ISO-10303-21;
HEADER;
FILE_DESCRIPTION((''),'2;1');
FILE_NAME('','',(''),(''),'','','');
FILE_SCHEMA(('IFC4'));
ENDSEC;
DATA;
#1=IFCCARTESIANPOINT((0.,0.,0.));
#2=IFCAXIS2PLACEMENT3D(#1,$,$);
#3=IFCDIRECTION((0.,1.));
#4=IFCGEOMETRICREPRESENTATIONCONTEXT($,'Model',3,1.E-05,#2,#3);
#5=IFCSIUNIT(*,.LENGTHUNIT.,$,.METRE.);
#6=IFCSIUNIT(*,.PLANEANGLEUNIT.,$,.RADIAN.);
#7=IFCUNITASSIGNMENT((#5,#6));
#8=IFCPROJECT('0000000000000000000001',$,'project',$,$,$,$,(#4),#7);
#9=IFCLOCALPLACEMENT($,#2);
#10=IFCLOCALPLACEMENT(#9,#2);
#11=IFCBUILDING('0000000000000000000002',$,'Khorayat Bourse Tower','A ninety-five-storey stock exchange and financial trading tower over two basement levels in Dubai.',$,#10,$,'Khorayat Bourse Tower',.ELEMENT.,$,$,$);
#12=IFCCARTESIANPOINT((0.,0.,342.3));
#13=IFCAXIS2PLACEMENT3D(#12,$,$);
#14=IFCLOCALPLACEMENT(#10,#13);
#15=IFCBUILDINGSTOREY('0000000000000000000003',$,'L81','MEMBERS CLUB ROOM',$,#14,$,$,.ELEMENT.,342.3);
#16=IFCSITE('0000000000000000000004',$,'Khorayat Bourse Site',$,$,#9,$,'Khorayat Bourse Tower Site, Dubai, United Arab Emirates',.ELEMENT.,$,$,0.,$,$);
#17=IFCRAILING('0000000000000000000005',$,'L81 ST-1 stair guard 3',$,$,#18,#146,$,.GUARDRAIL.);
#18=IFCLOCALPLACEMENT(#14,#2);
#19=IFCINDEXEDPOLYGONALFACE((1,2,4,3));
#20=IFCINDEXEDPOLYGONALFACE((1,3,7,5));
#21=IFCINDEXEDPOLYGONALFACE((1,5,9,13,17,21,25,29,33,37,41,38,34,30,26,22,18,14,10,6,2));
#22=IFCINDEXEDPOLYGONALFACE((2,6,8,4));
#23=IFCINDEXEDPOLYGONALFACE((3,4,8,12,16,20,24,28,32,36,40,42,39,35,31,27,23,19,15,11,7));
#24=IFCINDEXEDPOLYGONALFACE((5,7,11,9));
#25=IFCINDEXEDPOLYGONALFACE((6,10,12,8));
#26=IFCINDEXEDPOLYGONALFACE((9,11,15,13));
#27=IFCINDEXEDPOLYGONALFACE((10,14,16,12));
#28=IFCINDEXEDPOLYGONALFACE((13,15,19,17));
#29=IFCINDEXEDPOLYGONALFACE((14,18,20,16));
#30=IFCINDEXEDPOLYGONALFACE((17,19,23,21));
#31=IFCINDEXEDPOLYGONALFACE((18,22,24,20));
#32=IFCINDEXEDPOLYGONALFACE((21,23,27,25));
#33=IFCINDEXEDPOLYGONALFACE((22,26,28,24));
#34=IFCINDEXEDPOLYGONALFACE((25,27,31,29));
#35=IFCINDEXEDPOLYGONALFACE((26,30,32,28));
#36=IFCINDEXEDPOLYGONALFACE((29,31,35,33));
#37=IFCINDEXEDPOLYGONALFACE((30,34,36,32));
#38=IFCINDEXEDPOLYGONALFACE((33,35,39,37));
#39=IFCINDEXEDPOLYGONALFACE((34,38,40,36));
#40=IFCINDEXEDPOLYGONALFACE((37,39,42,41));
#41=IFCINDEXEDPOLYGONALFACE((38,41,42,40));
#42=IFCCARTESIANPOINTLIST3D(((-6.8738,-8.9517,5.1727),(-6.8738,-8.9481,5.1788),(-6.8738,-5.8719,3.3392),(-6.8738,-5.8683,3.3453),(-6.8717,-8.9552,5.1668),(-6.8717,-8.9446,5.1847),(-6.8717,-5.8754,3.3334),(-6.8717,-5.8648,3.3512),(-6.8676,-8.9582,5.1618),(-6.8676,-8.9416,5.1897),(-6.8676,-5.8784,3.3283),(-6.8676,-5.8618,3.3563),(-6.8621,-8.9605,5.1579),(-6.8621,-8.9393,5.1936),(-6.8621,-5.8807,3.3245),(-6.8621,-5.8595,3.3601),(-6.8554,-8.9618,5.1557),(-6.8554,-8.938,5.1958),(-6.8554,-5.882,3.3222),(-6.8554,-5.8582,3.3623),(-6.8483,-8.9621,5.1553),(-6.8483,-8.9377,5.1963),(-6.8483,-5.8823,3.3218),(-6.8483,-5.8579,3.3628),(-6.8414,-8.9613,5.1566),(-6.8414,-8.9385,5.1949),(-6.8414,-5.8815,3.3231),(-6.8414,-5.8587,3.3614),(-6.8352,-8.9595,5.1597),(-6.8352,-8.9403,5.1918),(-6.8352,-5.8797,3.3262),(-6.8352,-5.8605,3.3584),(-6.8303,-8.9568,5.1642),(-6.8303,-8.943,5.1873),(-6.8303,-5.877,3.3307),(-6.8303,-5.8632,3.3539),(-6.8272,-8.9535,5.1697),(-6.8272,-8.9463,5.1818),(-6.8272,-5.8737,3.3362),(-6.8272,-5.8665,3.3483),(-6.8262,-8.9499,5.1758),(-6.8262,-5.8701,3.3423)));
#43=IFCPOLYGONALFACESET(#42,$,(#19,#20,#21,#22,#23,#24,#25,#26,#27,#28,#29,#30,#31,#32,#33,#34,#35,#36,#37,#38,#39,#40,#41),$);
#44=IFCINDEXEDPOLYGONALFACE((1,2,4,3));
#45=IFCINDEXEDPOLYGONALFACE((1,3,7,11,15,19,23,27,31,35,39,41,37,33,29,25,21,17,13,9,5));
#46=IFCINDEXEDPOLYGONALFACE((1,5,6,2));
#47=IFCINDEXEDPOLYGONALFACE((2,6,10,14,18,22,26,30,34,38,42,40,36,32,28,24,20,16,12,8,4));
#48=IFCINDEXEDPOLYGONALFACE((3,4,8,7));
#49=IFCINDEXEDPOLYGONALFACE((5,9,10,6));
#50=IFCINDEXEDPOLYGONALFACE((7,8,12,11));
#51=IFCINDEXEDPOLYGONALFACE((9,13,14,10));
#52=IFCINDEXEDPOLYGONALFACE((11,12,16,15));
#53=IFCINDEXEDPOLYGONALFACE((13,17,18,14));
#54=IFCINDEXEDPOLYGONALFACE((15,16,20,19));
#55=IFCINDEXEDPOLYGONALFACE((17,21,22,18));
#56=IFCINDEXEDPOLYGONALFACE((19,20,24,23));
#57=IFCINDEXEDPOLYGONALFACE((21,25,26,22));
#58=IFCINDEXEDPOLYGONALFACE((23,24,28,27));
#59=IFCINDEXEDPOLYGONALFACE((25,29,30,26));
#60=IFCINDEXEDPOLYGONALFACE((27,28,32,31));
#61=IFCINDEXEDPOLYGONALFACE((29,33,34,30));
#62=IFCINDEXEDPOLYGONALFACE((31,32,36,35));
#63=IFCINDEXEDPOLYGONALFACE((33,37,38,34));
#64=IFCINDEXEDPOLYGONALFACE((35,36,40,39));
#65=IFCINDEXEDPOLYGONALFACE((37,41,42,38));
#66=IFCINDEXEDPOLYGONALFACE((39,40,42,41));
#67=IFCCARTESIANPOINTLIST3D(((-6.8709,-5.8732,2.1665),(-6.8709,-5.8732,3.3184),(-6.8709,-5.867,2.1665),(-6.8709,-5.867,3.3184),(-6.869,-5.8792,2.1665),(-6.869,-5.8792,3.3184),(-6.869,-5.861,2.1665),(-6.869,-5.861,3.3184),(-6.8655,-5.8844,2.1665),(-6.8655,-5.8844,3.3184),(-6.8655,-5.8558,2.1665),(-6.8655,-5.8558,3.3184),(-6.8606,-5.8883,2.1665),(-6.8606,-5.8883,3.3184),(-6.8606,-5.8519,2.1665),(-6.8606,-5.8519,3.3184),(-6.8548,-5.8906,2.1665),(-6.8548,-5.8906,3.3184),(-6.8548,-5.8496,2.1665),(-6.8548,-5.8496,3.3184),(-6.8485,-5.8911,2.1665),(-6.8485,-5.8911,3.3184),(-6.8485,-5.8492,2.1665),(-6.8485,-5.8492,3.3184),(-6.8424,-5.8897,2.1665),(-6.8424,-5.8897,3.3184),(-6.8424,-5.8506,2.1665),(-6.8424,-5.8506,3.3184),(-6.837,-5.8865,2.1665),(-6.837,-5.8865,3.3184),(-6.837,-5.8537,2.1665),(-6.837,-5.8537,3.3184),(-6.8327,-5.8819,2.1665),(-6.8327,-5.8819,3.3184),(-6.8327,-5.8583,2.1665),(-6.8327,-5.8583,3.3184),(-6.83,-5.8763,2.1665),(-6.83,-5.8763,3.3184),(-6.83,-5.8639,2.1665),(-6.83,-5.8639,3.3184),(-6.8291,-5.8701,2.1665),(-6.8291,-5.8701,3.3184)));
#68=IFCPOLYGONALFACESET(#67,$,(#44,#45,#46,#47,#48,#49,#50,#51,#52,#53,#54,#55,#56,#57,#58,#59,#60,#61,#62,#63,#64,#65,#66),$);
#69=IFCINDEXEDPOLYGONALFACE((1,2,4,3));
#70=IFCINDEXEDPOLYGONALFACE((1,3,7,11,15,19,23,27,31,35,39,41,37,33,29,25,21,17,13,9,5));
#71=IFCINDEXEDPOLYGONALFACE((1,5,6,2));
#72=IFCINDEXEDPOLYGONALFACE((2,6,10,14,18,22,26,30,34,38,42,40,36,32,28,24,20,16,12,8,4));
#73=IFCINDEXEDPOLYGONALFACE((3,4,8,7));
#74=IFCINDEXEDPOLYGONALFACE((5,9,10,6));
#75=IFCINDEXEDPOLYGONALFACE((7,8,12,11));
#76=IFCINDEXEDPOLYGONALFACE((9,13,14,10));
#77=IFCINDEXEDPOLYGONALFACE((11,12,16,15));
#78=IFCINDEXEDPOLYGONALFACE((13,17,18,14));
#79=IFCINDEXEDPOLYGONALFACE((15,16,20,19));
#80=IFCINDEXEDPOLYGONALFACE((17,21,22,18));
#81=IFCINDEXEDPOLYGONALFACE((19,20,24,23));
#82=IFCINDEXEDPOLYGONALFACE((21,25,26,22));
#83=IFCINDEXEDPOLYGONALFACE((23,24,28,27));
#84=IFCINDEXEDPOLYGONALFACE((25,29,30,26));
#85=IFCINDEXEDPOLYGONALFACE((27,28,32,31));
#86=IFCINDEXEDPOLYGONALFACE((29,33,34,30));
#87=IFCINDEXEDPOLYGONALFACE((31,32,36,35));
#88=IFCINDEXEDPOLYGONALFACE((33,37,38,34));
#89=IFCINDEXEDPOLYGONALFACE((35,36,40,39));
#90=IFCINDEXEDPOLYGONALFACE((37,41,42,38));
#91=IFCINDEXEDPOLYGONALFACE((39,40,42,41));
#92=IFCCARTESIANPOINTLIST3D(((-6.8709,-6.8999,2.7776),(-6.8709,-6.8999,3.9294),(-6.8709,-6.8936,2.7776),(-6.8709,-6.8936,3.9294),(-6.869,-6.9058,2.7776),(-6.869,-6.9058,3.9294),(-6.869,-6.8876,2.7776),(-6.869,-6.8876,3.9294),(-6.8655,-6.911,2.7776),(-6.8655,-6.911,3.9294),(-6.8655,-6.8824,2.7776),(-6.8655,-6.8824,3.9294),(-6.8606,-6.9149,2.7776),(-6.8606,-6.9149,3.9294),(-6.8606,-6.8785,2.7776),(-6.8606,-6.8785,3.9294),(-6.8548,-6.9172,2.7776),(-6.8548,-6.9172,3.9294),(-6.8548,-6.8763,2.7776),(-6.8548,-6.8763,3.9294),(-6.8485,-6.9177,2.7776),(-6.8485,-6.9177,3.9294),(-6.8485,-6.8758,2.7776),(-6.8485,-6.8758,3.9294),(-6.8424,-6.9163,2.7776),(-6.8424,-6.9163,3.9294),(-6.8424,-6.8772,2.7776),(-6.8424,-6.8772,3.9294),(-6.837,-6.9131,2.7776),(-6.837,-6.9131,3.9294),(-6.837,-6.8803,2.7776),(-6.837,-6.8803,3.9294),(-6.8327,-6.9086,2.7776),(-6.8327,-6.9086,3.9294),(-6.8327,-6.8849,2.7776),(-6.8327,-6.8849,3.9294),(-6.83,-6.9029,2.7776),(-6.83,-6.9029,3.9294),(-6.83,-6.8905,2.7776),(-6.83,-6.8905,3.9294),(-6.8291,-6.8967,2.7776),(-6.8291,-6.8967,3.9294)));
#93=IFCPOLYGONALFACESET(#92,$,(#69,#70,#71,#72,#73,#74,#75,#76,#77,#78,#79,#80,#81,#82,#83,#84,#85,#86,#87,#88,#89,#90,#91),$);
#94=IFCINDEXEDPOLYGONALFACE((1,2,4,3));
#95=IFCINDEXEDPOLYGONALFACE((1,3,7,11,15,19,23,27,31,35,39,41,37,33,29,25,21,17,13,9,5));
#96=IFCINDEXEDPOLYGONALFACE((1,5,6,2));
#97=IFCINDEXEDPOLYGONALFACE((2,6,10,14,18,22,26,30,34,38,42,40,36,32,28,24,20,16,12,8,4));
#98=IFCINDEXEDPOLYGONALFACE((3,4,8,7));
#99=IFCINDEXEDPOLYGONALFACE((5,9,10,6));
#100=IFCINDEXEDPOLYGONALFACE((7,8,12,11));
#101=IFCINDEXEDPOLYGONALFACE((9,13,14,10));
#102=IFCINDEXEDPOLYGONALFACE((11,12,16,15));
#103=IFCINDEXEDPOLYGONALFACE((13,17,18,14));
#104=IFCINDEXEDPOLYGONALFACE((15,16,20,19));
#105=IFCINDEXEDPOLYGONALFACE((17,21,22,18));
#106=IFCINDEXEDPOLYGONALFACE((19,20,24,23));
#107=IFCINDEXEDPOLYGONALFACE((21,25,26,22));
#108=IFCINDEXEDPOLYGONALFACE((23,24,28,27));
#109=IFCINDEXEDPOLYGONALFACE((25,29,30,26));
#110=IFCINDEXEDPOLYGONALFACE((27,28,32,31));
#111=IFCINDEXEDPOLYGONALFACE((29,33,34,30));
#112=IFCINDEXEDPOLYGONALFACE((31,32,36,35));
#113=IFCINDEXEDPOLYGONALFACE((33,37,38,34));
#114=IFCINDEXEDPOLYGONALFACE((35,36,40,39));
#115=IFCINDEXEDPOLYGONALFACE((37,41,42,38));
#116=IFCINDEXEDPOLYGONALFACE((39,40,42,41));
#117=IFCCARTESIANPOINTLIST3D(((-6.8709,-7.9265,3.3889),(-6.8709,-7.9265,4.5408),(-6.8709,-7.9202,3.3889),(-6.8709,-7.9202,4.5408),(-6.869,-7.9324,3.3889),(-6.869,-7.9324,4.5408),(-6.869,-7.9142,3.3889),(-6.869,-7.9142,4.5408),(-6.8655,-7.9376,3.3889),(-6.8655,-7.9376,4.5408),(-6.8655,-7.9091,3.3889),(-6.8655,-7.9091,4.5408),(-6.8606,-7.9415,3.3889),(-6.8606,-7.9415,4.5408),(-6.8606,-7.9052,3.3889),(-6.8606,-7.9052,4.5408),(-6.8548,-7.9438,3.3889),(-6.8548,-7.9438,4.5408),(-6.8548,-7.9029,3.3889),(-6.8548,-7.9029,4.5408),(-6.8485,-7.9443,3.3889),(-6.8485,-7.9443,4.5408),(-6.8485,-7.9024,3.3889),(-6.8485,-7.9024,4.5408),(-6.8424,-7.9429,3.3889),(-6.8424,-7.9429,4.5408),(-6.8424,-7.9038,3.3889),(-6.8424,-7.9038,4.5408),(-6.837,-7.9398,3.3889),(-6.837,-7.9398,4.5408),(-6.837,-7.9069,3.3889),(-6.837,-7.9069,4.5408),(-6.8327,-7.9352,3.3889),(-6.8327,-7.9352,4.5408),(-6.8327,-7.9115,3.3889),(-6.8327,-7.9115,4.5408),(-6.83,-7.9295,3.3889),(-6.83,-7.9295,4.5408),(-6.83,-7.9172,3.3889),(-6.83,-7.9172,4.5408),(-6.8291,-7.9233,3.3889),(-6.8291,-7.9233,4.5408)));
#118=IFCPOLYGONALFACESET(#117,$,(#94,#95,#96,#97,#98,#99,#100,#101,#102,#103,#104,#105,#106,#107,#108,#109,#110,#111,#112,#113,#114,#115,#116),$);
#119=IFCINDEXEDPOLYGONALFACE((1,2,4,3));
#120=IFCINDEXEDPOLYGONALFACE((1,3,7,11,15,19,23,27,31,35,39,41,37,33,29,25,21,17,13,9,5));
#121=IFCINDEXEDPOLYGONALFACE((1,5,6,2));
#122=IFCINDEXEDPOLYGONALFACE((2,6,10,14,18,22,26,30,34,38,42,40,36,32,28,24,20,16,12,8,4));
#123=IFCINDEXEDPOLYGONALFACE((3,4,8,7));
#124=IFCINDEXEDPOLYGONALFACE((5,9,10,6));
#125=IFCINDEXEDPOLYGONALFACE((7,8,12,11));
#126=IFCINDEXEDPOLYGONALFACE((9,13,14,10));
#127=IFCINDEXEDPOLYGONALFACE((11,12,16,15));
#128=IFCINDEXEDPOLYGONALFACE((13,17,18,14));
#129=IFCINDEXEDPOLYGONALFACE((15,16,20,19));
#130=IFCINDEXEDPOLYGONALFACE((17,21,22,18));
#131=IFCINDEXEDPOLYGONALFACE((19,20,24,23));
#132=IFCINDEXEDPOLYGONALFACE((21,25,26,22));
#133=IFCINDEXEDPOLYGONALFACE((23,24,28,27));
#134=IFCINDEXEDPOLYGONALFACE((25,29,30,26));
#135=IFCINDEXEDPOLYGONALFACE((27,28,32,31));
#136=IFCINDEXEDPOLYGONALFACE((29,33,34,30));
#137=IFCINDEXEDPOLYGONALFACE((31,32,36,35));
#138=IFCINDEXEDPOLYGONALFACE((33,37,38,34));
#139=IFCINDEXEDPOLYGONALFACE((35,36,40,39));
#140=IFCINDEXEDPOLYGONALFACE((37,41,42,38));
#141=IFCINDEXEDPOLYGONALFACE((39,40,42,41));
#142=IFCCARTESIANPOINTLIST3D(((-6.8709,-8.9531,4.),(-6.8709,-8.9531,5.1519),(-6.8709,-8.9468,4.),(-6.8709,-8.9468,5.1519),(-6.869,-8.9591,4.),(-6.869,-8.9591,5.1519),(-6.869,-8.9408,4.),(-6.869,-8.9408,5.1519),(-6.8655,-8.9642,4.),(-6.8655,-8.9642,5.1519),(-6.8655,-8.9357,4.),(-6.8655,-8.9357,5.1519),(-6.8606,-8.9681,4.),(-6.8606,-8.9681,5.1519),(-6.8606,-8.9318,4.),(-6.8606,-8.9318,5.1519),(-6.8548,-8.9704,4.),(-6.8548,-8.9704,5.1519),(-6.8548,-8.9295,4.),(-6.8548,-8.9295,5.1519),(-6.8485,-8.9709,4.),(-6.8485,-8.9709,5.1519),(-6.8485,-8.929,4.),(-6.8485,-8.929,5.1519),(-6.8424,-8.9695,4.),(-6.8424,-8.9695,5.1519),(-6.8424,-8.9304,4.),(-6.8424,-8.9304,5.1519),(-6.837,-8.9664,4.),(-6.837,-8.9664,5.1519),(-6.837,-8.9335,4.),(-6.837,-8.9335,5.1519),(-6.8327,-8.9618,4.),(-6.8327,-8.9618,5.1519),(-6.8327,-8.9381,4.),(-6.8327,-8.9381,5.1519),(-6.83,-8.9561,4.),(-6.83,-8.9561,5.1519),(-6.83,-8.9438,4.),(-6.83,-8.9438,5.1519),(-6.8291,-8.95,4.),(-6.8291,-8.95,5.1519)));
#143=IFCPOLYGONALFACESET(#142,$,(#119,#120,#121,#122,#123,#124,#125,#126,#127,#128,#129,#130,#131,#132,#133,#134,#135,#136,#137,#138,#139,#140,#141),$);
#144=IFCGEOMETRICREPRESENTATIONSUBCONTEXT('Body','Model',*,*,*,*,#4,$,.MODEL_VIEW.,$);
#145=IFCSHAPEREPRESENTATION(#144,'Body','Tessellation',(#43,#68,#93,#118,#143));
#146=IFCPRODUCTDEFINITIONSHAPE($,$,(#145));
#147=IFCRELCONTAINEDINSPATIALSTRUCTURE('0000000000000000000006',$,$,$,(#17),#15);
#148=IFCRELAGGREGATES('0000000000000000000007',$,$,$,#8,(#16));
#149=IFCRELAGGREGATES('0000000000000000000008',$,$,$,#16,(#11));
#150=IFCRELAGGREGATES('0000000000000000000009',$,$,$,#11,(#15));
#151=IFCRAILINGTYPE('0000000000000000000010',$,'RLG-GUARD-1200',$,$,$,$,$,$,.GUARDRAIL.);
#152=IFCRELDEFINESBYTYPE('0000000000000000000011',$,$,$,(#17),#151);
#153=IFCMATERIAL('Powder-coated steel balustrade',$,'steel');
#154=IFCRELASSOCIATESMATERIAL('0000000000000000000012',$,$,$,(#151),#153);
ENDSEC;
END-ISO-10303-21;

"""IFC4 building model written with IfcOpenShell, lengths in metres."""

from ifc_helpers import new_model, si_unit, direction, frame, origin, origin_2d, place, context, subcontext, project, spatial, circle, extrude, source, transform, mapped, material, type_object, element, save


model = new_model("IFC4")

# Units and contexts
model_context = context("Model", 3, precision=1e-05, world=origin(), true_north=direction((0.0, 1.0)))
body_context = subcontext(model_context, "Body", "Model", "MODEL_VIEW")
ifc_project = project(units=[si_unit("LENGTHUNIT", "METRE"), si_unit("PLANEANGLEUNIT", "RADIAN")], contexts=[model_context])

# Site, building, storey
site_placement = place(None, origin())
site = spatial("IfcSite", under=ifc_project, at=site_placement, Name="Khorayat Bourse Site", LongName="Khorayat Bourse Tower Site, Dubai, United Arab Emirates", CompositionType="ELEMENT", RefElevation=0.0)
building_placement = place(site_placement, origin())
building = spatial("IfcBuilding", under=site, at=building_placement, Name="Khorayat Bourse Tower", Description="A ninety-five-storey stock exchange and financial trading tower over two basement levels in Dubai.", LongName="Khorayat Bourse Tower", CompositionType="ELEMENT")
storey_placement = place(building_placement, frame((0.0, 0.0, 342.3)))
storey = spatial("IfcBuildingStorey", under=building, at=storey_placement, Name="L81", Description="MEMBERS CLUB ROOM", CompositionType="ELEMENT", Elevation=342.3)

# Railing
ifc_material_1 = material(Name="Powder-coated steel balustrade", Category="steel")
railing_type_1 = type_object("IfcRailingType", Name="RLG-GUARD-1200", PredefinedType="GUARDRAIL", material=ifc_material_1)
shared_shape_1 = source(origin(), body_context, "Body", "SweptSolid", [
    extrude(circle(Radius=0.0239, at=origin_2d()), frame((0.0, 0.0, 1.1758), z_axis=(0.0, -0.859261, 0.511538), x_axis=(1.0, 0.0, 0.0)), (0.0, 0.0, 1.0), 3.5842),
    extrude(circle(Radius=0.021, at=origin_2d()), origin(), (0.0, 0.0, 1.0), 1.1519),
    extrude(circle(Radius=0.021, at=origin_2d()), frame((0.0, -1.0266, 0.6111)), (0.0, 0.0, 1.0), 1.1519),
    extrude(circle(Radius=0.021, at=origin_2d()), frame((0.0, -2.0532, 1.2224)), (0.0, 0.0, 1.0), 1.1519),
    extrude(circle(Radius=0.021, at=origin_2d()), frame((0.0, -3.0798, 1.8335)), (0.0, 0.0, 1.0), 1.1519),
])
railing_1_placement = place(storey_placement, frame((-6.8501, -5.8701, 2.1665)))
element("IfcRailing", 1, at=railing_1_placement, inside=storey, type_object=railing_type_1, Name="L81 ST-1 stair guard 3", PredefinedType="GUARDRAIL", context=body_context, shape_type="MappedRepresentation", body=[
    mapped(shared_shape_1, transform((0.0, 0.0, 0.0), scale=1.0)),
])

save(model, "model.ifc")
